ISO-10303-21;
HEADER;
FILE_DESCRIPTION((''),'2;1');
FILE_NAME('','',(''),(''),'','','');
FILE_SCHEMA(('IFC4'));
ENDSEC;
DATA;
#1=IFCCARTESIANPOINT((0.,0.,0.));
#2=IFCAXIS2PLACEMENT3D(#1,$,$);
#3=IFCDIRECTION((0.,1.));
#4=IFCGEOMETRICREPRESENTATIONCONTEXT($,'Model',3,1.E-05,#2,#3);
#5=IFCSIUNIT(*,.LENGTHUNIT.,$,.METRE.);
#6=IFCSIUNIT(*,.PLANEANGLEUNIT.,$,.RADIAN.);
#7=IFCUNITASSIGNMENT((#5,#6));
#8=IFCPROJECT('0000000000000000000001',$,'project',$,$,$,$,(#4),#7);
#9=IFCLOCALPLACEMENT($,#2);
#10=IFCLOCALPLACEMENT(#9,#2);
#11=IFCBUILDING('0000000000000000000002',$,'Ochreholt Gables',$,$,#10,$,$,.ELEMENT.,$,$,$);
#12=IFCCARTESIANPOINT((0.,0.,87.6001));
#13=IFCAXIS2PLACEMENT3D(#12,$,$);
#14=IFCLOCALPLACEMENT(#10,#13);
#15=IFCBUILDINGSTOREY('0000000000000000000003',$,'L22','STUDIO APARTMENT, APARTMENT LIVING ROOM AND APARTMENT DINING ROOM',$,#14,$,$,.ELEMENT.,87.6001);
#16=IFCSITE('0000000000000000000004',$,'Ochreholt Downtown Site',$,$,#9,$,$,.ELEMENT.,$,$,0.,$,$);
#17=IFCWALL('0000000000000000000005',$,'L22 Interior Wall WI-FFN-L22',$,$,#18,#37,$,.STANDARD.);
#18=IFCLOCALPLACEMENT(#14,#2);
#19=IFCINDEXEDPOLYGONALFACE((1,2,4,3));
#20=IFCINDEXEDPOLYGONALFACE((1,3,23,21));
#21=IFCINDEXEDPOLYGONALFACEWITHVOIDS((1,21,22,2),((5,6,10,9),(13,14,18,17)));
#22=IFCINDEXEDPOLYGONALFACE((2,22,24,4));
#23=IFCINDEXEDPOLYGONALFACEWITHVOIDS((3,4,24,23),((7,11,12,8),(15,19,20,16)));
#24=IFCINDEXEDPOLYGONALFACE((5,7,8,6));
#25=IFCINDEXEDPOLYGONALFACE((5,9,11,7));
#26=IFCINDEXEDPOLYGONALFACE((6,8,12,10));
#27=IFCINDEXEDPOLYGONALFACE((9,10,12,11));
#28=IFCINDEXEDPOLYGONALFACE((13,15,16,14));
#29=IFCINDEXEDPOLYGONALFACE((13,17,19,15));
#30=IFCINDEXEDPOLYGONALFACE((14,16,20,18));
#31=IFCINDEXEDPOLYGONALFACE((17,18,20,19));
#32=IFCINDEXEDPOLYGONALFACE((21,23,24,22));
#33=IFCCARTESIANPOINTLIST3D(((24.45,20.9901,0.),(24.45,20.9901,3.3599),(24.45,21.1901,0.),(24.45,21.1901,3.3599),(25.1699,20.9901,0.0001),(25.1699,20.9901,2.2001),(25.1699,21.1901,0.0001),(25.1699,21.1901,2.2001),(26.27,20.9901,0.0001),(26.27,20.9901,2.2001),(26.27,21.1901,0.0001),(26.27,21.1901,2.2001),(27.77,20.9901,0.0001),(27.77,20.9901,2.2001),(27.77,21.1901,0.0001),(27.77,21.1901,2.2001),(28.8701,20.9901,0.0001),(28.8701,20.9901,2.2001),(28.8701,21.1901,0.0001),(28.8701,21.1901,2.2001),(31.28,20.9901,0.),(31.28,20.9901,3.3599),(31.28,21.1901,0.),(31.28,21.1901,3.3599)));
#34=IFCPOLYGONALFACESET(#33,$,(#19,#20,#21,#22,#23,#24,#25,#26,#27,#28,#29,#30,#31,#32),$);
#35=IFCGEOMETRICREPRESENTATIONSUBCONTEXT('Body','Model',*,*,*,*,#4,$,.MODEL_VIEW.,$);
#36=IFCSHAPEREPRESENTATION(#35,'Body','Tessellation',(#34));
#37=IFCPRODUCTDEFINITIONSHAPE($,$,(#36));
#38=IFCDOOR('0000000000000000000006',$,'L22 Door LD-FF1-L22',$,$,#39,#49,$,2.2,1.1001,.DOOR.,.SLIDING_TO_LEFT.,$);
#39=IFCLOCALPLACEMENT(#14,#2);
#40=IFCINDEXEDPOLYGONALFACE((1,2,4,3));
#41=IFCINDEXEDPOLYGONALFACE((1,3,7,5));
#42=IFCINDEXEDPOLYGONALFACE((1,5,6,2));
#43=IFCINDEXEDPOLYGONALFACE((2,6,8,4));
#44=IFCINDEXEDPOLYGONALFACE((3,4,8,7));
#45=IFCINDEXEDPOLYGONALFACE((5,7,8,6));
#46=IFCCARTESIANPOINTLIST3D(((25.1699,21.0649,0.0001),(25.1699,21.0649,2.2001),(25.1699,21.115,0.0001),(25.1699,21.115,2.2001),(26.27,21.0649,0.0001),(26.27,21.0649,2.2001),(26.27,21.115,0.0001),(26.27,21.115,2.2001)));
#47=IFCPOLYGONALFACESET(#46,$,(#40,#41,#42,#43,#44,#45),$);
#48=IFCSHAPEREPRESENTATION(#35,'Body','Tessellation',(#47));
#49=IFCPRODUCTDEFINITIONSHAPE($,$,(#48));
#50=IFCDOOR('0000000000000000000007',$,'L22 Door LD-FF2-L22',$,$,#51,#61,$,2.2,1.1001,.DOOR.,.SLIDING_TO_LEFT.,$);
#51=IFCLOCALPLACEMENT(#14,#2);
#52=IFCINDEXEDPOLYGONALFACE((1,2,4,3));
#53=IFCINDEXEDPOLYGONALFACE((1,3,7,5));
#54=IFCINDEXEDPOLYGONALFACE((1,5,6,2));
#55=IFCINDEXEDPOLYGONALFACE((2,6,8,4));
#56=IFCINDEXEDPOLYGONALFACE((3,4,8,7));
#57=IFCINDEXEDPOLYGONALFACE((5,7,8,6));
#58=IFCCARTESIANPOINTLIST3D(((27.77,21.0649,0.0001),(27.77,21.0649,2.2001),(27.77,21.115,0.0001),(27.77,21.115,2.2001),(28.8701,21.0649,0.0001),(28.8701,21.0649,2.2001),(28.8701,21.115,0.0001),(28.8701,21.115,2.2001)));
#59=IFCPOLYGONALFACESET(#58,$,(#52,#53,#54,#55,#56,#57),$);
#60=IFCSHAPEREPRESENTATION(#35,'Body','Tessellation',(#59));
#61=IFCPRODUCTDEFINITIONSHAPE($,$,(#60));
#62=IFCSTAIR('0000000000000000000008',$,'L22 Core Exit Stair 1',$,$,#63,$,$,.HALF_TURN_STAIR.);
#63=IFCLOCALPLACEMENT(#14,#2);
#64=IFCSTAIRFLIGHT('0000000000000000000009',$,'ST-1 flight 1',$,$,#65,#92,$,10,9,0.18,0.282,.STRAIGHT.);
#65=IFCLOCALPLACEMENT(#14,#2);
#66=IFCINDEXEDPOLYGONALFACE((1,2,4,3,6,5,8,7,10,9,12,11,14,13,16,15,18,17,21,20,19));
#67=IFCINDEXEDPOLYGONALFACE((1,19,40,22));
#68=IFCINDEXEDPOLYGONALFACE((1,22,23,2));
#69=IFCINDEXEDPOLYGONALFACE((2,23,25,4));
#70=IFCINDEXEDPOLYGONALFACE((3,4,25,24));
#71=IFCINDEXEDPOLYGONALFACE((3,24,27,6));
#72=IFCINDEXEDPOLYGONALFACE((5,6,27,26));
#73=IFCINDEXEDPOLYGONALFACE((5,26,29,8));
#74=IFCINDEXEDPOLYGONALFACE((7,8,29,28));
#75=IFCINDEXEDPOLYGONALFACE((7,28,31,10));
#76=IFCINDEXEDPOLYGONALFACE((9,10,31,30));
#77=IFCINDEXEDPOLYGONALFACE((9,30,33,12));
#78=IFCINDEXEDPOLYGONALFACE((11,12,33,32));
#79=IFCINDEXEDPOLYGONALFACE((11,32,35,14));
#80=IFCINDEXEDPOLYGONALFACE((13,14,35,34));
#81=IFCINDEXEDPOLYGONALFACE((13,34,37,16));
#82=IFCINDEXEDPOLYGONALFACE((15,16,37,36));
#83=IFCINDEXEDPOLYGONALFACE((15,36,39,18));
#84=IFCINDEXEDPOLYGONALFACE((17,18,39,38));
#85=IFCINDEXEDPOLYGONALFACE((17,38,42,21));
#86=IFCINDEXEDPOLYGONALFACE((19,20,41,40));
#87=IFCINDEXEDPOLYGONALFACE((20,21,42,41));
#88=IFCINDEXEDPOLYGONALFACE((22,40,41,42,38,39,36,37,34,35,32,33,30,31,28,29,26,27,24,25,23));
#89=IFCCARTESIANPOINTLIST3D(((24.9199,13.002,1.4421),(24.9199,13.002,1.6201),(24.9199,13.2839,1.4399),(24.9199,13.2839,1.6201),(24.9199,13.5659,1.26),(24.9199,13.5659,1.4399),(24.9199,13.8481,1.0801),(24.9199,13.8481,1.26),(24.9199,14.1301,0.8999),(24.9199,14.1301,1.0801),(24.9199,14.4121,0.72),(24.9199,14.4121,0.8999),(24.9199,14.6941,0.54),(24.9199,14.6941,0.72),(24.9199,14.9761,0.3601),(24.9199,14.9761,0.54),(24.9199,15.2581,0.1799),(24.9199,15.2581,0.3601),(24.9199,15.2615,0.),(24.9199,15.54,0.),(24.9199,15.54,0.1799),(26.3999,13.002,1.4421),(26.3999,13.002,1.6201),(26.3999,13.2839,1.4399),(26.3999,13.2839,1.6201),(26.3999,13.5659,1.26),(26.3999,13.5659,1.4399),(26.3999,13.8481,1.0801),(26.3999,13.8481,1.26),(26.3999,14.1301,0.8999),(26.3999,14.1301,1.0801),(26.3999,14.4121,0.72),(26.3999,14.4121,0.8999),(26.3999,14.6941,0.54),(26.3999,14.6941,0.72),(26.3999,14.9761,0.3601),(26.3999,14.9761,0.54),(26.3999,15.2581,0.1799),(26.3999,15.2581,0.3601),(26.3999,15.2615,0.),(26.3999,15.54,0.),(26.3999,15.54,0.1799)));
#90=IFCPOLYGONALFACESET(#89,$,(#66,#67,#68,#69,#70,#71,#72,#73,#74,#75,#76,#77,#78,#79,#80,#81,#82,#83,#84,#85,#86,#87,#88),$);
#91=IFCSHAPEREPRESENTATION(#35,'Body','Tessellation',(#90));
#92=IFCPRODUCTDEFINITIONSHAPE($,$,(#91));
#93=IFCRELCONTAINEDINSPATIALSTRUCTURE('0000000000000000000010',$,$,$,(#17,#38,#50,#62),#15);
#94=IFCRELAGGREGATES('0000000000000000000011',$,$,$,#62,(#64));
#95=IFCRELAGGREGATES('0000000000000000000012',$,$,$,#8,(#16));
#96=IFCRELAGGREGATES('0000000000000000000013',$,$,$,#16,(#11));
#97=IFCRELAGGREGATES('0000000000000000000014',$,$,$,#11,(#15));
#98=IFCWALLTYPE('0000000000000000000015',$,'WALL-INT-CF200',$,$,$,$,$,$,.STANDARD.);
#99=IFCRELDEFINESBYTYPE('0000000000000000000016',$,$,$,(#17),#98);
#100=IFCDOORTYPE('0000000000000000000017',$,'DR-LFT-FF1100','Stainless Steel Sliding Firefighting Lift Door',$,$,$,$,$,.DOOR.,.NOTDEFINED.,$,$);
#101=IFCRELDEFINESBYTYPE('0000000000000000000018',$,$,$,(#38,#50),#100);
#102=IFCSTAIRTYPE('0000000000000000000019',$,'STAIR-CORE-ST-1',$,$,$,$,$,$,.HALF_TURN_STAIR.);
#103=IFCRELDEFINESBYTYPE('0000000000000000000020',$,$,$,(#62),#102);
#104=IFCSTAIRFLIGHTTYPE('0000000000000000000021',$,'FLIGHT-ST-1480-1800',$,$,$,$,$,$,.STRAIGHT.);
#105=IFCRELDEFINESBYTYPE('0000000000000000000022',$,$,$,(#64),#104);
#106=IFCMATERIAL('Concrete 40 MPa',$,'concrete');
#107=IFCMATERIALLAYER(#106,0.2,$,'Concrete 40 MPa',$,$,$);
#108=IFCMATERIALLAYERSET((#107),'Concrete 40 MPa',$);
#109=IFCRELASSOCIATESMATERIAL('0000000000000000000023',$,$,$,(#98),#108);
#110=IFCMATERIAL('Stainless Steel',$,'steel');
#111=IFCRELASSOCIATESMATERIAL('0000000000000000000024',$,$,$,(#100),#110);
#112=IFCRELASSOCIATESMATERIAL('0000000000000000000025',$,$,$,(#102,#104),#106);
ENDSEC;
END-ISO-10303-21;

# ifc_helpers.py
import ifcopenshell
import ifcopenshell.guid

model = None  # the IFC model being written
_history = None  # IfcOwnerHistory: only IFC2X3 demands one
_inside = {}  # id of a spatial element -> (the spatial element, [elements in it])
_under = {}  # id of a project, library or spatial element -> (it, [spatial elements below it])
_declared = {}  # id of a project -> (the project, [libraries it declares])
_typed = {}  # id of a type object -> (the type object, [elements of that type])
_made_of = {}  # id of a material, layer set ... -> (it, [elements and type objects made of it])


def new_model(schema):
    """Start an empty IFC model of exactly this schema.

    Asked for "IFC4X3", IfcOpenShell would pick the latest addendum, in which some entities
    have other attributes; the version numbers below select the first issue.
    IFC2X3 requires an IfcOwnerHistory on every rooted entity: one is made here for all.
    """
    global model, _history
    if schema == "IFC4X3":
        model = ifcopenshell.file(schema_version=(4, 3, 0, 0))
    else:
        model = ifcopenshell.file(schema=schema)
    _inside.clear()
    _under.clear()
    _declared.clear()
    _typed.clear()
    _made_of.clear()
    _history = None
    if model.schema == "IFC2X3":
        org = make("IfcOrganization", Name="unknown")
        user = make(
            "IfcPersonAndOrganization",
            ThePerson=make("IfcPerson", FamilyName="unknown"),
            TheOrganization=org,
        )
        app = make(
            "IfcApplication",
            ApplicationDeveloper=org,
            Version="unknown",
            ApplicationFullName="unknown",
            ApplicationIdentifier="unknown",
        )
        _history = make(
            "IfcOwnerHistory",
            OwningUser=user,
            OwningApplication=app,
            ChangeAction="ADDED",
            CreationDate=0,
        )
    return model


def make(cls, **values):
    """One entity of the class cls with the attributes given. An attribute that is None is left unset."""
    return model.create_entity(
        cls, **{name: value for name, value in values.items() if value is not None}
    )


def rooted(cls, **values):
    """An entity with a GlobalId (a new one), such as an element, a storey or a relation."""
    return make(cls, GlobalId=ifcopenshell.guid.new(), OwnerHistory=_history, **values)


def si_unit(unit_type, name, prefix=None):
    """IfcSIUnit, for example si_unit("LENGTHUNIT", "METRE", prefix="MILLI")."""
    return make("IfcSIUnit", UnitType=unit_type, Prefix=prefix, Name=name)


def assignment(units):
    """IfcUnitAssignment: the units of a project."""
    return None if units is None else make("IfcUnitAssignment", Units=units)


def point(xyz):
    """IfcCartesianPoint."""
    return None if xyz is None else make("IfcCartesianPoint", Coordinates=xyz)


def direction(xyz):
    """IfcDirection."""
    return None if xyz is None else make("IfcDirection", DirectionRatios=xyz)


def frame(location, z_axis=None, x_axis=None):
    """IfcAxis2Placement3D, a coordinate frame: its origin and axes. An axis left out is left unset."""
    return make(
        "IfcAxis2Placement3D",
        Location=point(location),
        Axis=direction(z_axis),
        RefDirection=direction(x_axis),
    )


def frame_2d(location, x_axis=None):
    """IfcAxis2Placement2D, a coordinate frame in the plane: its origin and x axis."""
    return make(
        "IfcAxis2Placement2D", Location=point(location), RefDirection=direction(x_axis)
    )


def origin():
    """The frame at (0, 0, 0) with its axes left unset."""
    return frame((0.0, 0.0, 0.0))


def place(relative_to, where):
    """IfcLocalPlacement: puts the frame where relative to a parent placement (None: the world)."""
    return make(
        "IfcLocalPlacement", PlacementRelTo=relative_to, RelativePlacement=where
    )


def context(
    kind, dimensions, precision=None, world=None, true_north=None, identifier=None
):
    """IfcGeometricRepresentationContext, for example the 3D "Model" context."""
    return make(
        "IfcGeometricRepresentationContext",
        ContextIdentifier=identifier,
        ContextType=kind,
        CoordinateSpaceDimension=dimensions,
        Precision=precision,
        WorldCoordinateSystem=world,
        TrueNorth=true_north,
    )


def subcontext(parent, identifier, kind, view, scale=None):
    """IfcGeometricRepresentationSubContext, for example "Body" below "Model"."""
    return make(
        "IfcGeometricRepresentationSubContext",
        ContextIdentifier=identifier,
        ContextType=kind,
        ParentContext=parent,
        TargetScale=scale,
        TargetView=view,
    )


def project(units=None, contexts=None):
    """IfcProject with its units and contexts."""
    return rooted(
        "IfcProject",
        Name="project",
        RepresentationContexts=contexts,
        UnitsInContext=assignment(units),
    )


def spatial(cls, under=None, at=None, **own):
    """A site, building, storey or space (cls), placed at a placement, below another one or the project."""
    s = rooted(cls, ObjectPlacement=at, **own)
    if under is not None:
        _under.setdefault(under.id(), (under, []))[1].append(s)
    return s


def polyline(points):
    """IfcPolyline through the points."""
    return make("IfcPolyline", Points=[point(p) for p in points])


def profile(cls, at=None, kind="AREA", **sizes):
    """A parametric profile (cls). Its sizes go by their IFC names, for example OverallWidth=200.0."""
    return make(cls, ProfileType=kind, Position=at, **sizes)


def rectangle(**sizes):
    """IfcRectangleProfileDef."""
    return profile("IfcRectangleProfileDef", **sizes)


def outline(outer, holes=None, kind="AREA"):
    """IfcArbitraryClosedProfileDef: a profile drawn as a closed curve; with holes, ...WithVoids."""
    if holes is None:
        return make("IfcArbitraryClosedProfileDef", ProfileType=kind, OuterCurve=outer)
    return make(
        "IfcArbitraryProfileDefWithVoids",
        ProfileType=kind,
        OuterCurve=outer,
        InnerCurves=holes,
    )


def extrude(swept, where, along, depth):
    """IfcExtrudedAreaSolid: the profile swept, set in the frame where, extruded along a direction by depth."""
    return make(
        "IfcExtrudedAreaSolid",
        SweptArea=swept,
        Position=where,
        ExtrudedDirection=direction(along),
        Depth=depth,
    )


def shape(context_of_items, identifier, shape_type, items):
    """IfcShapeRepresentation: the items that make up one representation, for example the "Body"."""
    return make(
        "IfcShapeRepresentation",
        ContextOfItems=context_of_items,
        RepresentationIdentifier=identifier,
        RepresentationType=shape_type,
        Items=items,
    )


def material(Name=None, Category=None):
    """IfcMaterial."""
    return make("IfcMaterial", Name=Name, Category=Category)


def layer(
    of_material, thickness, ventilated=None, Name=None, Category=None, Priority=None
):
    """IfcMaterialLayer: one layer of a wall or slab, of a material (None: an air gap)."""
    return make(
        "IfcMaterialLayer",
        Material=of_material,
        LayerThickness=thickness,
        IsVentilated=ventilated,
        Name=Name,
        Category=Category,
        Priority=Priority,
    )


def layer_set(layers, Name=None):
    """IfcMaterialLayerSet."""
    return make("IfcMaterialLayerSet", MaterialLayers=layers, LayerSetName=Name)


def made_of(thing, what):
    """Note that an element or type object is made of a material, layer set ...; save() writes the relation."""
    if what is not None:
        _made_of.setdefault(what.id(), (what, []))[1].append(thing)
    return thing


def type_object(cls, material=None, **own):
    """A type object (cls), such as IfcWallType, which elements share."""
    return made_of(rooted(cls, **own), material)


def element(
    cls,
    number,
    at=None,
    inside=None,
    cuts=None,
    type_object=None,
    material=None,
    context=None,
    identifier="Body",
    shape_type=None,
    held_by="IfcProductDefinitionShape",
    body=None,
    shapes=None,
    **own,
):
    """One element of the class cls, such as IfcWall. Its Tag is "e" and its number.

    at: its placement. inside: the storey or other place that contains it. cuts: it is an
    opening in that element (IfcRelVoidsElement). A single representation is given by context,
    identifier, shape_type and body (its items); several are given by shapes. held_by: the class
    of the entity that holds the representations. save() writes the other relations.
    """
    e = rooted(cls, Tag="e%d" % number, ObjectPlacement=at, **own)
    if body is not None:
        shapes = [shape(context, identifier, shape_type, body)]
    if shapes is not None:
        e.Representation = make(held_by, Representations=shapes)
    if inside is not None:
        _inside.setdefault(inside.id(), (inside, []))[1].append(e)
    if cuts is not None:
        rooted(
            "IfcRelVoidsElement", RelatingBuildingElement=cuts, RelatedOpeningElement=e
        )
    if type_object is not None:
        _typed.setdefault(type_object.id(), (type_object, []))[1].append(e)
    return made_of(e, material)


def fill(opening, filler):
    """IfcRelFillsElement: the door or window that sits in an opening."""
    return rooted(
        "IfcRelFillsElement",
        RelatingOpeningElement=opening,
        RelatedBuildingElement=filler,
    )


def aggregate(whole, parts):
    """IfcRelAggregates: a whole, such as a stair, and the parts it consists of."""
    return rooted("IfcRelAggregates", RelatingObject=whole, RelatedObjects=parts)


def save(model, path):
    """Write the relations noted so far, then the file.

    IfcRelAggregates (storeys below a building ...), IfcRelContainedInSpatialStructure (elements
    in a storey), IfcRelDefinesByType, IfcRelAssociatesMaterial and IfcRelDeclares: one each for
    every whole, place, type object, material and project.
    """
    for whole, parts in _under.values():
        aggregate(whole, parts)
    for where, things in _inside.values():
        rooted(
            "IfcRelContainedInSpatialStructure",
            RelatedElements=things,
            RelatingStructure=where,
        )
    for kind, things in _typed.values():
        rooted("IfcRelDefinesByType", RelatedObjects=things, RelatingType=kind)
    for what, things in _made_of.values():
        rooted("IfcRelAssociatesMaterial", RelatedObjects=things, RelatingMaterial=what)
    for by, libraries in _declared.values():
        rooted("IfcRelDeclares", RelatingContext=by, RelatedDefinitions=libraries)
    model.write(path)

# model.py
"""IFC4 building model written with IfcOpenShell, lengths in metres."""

from ifc_helpers import new_model, si_unit, direction, frame, frame_2d, origin, place, context, subcontext, project, spatial, polyline, rectangle, outline, extrude, material, layer, layer_set, type_object, element, fill, aggregate, save


model = new_model("IFC4")

# Units and contexts
model_context = context("Model", 3, precision=1e-05, world=origin(), true_north=direction((0.0, 1.0)))
body_context = subcontext(model_context, "Body", "Model", "MODEL_VIEW")
ifc_project = project(units=[si_unit("LENGTHUNIT", "METRE"), si_unit("PLANEANGLEUNIT", "RADIAN")], contexts=[model_context])

# Site, building, storey
site_placement = place(None, origin())
site = spatial("IfcSite", under=ifc_project, at=site_placement, Name="Ochreholt Downtown Site", CompositionType="ELEMENT", RefElevation=0.0)
building_placement = place(site_placement, origin())
building = spatial("IfcBuilding", under=site, at=building_placement, Name="Ochreholt Gables", CompositionType="ELEMENT")
storey_placement = place(building_placement, frame((0.0, 0.0, 87.6001)))
storey = spatial("IfcBuildingStorey", under=building, at=storey_placement, Name="L22", Description="STUDIO APARTMENT, APARTMENT LIVING ROOM AND APARTMENT DINING ROOM", CompositionType="ELEMENT", Elevation=87.6001)

# Wall, openings, doors
ifc_material_1 = material(Name="Concrete 40 MPa", Category="concrete")
ifc_layer_1 = layer(ifc_material_1, 0.2, Name="Concrete 40 MPa")
ifc_layer_set_1 = layer_set([ifc_layer_1], Name="Concrete 40 MPa")
wall_type_1 = type_object("IfcWallType", Name="WALL-INT-CF200", PredefinedType="STANDARD", material=ifc_layer_set_1)
wall_1_placement = place(storey_placement, frame((24.45, 21.0901, 0.0), z_axis=(0.0, 0.0, 1.0), x_axis=(1.0, 0.0, 0.0)))
wall_1 = element("IfcWall", 1, at=wall_1_placement, inside=storey, type_object=wall_type_1, Name="L22 Interior Wall WI-FFN-L22", PredefinedType="STANDARD", context=body_context, shape_type="SweptSolid", body=[
    extrude(rectangle(XDim=6.8301, YDim=0.2, at=frame_2d((3.415, 0.0))), origin(), (0.0, 0.0, 1.0), 3.3599),
])
opening_1_placement = place(wall_1_placement, frame((0.72, 0.0, 0.0)))
opening_1 = element("IfcOpeningElement", 2, at=opening_1_placement, cuts=wall_1, PredefinedType="OPENING", context=body_context, shape_type="SweptSolid", body=[
    extrude(rectangle(XDim=1.1001, YDim=2.2, at=frame_2d((0.55, 1.1001))), frame((0.0, 0.1099, 0.0), z_axis=(0.0, -1.0, 0.0), x_axis=(1.0, 0.0, 0.0)), (0.0, 0.0, 1.0), 0.22),
])
opening_2_placement = place(wall_1_placement, frame((3.3201, 0.0, 0.0)))
opening_2 = element("IfcOpeningElement", 3, at=opening_2_placement, cuts=wall_1, PredefinedType="OPENING", context=body_context, shape_type="SweptSolid", body=[
    extrude(rectangle(XDim=1.1001, YDim=2.2, at=frame_2d((0.55, 1.1001))), frame((0.0, 0.1099, 0.0), z_axis=(0.0, -1.0, 0.0), x_axis=(1.0, 0.0, 0.0)), (0.0, 0.0, 1.0), 0.22),
])
ifc_material_2 = material(Name="Stainless Steel", Category="steel")
door_type_1 = type_object("IfcDoorType", Name="DR-LFT-FF1100", Description="Stainless Steel Sliding Firefighting Lift Door", OperationType="NOTDEFINED", PredefinedType="DOOR", material=ifc_material_2)
door_1_placement = place(opening_1_placement, origin())
door_1 = element("IfcDoor", 4, at=door_1_placement, inside=storey, type_object=door_type_1, Name="L22 Door LD-FF1-L22", OperationType="SLIDING_TO_LEFT", OverallHeight=2.2, OverallWidth=1.1001, PredefinedType="DOOR", context=body_context, shape_type="SweptSolid", body=[
    extrude(rectangle(XDim=1.1001, YDim=2.2, at=frame_2d((0.55, 1.1001))), frame((0.0, 0.0249, 0.0), z_axis=(0.0, -1.0, 0.0), x_axis=(1.0, 0.0, 0.0)), (0.0, 0.0, 1.0), 0.05),
])
fill(opening_1, door_1)
door_2_placement = place(opening_2_placement, origin())
door_2 = element("IfcDoor", 5, at=door_2_placement, inside=storey, type_object=door_type_1, Name="L22 Door LD-FF2-L22", OperationType="SLIDING_TO_LEFT", OverallHeight=2.2, OverallWidth=1.1001, PredefinedType="DOOR", context=body_context, shape_type="SweptSolid", body=[
    extrude(rectangle(XDim=1.1001, YDim=2.2, at=frame_2d((0.55, 1.1001))), frame((0.0, 0.0249, 0.0), z_axis=(0.0, -1.0, 0.0), x_axis=(1.0, 0.0, 0.0)), (0.0, 0.0, 1.0), 0.05),
])
fill(opening_2, door_2)

# Stair, stair flight
stair_type = type_object("IfcStairType", Name="STAIR-CORE-ST-1", PredefinedType="HALF_TURN_STAIR", material=ifc_material_1)
stair_placement = place(storey_placement, origin())
stair = element("IfcStair", 6, at=stair_placement, inside=storey, type_object=stair_type, Name="L22 Core Exit Stair 1", PredefinedType="HALF_TURN_STAIR")
stair_flight_type = type_object("IfcStairFlightType", Name="FLIGHT-ST-1480-1800", PredefinedType="STRAIGHT", material=ifc_material_1)
stair_flight_placement = place(storey_placement, frame((25.6599, 15.54, 0.0), z_axis=(0.0, 0.0, 1.0), x_axis=(0.0, -1.0, 0.0)))
stair_flight = element("IfcStairFlight", 7, at=stair_flight_placement, type_object=stair_flight_type, Name="ST-1 flight 1", NumberOfRisers=10, NumberOfTreads=9, PredefinedType="STRAIGHT", RiserHeight=0.18, TreadLength=0.282, context=body_context, shape_type="SweptSolid", body=[
    extrude(outline(polyline([(0.0, 0.0), (0.0, 0.1799), (0.282, 0.1799), (0.282, 0.3601), (0.564, 0.3601), (0.564, 0.54), (0.8459, 0.54), (0.8459, 0.72), (1.1279, 0.72), (1.1279, 0.8999), (1.4099, 0.8999), (1.4099, 1.0801), (1.6919, 1.0801), (1.6919, 1.26), (1.9741, 1.26), (1.9741, 1.4399), (2.2561, 1.4399), (2.2561, 1.6201), (2.5381, 1.6201), (2.5381, 1.8), (2.5381, 1.4421), (0.2786, 0.0), (0.0, 0.0)])), frame((0.0, 0.74, 0.0), z_axis=(0.0, -1.0, 0.0), x_axis=(1.0, 0.0, 0.0)), (0.0, 0.0, 1.0), 1.48),
])
aggregate(stair, [stair_flight])

save(model, "model.ifc")
